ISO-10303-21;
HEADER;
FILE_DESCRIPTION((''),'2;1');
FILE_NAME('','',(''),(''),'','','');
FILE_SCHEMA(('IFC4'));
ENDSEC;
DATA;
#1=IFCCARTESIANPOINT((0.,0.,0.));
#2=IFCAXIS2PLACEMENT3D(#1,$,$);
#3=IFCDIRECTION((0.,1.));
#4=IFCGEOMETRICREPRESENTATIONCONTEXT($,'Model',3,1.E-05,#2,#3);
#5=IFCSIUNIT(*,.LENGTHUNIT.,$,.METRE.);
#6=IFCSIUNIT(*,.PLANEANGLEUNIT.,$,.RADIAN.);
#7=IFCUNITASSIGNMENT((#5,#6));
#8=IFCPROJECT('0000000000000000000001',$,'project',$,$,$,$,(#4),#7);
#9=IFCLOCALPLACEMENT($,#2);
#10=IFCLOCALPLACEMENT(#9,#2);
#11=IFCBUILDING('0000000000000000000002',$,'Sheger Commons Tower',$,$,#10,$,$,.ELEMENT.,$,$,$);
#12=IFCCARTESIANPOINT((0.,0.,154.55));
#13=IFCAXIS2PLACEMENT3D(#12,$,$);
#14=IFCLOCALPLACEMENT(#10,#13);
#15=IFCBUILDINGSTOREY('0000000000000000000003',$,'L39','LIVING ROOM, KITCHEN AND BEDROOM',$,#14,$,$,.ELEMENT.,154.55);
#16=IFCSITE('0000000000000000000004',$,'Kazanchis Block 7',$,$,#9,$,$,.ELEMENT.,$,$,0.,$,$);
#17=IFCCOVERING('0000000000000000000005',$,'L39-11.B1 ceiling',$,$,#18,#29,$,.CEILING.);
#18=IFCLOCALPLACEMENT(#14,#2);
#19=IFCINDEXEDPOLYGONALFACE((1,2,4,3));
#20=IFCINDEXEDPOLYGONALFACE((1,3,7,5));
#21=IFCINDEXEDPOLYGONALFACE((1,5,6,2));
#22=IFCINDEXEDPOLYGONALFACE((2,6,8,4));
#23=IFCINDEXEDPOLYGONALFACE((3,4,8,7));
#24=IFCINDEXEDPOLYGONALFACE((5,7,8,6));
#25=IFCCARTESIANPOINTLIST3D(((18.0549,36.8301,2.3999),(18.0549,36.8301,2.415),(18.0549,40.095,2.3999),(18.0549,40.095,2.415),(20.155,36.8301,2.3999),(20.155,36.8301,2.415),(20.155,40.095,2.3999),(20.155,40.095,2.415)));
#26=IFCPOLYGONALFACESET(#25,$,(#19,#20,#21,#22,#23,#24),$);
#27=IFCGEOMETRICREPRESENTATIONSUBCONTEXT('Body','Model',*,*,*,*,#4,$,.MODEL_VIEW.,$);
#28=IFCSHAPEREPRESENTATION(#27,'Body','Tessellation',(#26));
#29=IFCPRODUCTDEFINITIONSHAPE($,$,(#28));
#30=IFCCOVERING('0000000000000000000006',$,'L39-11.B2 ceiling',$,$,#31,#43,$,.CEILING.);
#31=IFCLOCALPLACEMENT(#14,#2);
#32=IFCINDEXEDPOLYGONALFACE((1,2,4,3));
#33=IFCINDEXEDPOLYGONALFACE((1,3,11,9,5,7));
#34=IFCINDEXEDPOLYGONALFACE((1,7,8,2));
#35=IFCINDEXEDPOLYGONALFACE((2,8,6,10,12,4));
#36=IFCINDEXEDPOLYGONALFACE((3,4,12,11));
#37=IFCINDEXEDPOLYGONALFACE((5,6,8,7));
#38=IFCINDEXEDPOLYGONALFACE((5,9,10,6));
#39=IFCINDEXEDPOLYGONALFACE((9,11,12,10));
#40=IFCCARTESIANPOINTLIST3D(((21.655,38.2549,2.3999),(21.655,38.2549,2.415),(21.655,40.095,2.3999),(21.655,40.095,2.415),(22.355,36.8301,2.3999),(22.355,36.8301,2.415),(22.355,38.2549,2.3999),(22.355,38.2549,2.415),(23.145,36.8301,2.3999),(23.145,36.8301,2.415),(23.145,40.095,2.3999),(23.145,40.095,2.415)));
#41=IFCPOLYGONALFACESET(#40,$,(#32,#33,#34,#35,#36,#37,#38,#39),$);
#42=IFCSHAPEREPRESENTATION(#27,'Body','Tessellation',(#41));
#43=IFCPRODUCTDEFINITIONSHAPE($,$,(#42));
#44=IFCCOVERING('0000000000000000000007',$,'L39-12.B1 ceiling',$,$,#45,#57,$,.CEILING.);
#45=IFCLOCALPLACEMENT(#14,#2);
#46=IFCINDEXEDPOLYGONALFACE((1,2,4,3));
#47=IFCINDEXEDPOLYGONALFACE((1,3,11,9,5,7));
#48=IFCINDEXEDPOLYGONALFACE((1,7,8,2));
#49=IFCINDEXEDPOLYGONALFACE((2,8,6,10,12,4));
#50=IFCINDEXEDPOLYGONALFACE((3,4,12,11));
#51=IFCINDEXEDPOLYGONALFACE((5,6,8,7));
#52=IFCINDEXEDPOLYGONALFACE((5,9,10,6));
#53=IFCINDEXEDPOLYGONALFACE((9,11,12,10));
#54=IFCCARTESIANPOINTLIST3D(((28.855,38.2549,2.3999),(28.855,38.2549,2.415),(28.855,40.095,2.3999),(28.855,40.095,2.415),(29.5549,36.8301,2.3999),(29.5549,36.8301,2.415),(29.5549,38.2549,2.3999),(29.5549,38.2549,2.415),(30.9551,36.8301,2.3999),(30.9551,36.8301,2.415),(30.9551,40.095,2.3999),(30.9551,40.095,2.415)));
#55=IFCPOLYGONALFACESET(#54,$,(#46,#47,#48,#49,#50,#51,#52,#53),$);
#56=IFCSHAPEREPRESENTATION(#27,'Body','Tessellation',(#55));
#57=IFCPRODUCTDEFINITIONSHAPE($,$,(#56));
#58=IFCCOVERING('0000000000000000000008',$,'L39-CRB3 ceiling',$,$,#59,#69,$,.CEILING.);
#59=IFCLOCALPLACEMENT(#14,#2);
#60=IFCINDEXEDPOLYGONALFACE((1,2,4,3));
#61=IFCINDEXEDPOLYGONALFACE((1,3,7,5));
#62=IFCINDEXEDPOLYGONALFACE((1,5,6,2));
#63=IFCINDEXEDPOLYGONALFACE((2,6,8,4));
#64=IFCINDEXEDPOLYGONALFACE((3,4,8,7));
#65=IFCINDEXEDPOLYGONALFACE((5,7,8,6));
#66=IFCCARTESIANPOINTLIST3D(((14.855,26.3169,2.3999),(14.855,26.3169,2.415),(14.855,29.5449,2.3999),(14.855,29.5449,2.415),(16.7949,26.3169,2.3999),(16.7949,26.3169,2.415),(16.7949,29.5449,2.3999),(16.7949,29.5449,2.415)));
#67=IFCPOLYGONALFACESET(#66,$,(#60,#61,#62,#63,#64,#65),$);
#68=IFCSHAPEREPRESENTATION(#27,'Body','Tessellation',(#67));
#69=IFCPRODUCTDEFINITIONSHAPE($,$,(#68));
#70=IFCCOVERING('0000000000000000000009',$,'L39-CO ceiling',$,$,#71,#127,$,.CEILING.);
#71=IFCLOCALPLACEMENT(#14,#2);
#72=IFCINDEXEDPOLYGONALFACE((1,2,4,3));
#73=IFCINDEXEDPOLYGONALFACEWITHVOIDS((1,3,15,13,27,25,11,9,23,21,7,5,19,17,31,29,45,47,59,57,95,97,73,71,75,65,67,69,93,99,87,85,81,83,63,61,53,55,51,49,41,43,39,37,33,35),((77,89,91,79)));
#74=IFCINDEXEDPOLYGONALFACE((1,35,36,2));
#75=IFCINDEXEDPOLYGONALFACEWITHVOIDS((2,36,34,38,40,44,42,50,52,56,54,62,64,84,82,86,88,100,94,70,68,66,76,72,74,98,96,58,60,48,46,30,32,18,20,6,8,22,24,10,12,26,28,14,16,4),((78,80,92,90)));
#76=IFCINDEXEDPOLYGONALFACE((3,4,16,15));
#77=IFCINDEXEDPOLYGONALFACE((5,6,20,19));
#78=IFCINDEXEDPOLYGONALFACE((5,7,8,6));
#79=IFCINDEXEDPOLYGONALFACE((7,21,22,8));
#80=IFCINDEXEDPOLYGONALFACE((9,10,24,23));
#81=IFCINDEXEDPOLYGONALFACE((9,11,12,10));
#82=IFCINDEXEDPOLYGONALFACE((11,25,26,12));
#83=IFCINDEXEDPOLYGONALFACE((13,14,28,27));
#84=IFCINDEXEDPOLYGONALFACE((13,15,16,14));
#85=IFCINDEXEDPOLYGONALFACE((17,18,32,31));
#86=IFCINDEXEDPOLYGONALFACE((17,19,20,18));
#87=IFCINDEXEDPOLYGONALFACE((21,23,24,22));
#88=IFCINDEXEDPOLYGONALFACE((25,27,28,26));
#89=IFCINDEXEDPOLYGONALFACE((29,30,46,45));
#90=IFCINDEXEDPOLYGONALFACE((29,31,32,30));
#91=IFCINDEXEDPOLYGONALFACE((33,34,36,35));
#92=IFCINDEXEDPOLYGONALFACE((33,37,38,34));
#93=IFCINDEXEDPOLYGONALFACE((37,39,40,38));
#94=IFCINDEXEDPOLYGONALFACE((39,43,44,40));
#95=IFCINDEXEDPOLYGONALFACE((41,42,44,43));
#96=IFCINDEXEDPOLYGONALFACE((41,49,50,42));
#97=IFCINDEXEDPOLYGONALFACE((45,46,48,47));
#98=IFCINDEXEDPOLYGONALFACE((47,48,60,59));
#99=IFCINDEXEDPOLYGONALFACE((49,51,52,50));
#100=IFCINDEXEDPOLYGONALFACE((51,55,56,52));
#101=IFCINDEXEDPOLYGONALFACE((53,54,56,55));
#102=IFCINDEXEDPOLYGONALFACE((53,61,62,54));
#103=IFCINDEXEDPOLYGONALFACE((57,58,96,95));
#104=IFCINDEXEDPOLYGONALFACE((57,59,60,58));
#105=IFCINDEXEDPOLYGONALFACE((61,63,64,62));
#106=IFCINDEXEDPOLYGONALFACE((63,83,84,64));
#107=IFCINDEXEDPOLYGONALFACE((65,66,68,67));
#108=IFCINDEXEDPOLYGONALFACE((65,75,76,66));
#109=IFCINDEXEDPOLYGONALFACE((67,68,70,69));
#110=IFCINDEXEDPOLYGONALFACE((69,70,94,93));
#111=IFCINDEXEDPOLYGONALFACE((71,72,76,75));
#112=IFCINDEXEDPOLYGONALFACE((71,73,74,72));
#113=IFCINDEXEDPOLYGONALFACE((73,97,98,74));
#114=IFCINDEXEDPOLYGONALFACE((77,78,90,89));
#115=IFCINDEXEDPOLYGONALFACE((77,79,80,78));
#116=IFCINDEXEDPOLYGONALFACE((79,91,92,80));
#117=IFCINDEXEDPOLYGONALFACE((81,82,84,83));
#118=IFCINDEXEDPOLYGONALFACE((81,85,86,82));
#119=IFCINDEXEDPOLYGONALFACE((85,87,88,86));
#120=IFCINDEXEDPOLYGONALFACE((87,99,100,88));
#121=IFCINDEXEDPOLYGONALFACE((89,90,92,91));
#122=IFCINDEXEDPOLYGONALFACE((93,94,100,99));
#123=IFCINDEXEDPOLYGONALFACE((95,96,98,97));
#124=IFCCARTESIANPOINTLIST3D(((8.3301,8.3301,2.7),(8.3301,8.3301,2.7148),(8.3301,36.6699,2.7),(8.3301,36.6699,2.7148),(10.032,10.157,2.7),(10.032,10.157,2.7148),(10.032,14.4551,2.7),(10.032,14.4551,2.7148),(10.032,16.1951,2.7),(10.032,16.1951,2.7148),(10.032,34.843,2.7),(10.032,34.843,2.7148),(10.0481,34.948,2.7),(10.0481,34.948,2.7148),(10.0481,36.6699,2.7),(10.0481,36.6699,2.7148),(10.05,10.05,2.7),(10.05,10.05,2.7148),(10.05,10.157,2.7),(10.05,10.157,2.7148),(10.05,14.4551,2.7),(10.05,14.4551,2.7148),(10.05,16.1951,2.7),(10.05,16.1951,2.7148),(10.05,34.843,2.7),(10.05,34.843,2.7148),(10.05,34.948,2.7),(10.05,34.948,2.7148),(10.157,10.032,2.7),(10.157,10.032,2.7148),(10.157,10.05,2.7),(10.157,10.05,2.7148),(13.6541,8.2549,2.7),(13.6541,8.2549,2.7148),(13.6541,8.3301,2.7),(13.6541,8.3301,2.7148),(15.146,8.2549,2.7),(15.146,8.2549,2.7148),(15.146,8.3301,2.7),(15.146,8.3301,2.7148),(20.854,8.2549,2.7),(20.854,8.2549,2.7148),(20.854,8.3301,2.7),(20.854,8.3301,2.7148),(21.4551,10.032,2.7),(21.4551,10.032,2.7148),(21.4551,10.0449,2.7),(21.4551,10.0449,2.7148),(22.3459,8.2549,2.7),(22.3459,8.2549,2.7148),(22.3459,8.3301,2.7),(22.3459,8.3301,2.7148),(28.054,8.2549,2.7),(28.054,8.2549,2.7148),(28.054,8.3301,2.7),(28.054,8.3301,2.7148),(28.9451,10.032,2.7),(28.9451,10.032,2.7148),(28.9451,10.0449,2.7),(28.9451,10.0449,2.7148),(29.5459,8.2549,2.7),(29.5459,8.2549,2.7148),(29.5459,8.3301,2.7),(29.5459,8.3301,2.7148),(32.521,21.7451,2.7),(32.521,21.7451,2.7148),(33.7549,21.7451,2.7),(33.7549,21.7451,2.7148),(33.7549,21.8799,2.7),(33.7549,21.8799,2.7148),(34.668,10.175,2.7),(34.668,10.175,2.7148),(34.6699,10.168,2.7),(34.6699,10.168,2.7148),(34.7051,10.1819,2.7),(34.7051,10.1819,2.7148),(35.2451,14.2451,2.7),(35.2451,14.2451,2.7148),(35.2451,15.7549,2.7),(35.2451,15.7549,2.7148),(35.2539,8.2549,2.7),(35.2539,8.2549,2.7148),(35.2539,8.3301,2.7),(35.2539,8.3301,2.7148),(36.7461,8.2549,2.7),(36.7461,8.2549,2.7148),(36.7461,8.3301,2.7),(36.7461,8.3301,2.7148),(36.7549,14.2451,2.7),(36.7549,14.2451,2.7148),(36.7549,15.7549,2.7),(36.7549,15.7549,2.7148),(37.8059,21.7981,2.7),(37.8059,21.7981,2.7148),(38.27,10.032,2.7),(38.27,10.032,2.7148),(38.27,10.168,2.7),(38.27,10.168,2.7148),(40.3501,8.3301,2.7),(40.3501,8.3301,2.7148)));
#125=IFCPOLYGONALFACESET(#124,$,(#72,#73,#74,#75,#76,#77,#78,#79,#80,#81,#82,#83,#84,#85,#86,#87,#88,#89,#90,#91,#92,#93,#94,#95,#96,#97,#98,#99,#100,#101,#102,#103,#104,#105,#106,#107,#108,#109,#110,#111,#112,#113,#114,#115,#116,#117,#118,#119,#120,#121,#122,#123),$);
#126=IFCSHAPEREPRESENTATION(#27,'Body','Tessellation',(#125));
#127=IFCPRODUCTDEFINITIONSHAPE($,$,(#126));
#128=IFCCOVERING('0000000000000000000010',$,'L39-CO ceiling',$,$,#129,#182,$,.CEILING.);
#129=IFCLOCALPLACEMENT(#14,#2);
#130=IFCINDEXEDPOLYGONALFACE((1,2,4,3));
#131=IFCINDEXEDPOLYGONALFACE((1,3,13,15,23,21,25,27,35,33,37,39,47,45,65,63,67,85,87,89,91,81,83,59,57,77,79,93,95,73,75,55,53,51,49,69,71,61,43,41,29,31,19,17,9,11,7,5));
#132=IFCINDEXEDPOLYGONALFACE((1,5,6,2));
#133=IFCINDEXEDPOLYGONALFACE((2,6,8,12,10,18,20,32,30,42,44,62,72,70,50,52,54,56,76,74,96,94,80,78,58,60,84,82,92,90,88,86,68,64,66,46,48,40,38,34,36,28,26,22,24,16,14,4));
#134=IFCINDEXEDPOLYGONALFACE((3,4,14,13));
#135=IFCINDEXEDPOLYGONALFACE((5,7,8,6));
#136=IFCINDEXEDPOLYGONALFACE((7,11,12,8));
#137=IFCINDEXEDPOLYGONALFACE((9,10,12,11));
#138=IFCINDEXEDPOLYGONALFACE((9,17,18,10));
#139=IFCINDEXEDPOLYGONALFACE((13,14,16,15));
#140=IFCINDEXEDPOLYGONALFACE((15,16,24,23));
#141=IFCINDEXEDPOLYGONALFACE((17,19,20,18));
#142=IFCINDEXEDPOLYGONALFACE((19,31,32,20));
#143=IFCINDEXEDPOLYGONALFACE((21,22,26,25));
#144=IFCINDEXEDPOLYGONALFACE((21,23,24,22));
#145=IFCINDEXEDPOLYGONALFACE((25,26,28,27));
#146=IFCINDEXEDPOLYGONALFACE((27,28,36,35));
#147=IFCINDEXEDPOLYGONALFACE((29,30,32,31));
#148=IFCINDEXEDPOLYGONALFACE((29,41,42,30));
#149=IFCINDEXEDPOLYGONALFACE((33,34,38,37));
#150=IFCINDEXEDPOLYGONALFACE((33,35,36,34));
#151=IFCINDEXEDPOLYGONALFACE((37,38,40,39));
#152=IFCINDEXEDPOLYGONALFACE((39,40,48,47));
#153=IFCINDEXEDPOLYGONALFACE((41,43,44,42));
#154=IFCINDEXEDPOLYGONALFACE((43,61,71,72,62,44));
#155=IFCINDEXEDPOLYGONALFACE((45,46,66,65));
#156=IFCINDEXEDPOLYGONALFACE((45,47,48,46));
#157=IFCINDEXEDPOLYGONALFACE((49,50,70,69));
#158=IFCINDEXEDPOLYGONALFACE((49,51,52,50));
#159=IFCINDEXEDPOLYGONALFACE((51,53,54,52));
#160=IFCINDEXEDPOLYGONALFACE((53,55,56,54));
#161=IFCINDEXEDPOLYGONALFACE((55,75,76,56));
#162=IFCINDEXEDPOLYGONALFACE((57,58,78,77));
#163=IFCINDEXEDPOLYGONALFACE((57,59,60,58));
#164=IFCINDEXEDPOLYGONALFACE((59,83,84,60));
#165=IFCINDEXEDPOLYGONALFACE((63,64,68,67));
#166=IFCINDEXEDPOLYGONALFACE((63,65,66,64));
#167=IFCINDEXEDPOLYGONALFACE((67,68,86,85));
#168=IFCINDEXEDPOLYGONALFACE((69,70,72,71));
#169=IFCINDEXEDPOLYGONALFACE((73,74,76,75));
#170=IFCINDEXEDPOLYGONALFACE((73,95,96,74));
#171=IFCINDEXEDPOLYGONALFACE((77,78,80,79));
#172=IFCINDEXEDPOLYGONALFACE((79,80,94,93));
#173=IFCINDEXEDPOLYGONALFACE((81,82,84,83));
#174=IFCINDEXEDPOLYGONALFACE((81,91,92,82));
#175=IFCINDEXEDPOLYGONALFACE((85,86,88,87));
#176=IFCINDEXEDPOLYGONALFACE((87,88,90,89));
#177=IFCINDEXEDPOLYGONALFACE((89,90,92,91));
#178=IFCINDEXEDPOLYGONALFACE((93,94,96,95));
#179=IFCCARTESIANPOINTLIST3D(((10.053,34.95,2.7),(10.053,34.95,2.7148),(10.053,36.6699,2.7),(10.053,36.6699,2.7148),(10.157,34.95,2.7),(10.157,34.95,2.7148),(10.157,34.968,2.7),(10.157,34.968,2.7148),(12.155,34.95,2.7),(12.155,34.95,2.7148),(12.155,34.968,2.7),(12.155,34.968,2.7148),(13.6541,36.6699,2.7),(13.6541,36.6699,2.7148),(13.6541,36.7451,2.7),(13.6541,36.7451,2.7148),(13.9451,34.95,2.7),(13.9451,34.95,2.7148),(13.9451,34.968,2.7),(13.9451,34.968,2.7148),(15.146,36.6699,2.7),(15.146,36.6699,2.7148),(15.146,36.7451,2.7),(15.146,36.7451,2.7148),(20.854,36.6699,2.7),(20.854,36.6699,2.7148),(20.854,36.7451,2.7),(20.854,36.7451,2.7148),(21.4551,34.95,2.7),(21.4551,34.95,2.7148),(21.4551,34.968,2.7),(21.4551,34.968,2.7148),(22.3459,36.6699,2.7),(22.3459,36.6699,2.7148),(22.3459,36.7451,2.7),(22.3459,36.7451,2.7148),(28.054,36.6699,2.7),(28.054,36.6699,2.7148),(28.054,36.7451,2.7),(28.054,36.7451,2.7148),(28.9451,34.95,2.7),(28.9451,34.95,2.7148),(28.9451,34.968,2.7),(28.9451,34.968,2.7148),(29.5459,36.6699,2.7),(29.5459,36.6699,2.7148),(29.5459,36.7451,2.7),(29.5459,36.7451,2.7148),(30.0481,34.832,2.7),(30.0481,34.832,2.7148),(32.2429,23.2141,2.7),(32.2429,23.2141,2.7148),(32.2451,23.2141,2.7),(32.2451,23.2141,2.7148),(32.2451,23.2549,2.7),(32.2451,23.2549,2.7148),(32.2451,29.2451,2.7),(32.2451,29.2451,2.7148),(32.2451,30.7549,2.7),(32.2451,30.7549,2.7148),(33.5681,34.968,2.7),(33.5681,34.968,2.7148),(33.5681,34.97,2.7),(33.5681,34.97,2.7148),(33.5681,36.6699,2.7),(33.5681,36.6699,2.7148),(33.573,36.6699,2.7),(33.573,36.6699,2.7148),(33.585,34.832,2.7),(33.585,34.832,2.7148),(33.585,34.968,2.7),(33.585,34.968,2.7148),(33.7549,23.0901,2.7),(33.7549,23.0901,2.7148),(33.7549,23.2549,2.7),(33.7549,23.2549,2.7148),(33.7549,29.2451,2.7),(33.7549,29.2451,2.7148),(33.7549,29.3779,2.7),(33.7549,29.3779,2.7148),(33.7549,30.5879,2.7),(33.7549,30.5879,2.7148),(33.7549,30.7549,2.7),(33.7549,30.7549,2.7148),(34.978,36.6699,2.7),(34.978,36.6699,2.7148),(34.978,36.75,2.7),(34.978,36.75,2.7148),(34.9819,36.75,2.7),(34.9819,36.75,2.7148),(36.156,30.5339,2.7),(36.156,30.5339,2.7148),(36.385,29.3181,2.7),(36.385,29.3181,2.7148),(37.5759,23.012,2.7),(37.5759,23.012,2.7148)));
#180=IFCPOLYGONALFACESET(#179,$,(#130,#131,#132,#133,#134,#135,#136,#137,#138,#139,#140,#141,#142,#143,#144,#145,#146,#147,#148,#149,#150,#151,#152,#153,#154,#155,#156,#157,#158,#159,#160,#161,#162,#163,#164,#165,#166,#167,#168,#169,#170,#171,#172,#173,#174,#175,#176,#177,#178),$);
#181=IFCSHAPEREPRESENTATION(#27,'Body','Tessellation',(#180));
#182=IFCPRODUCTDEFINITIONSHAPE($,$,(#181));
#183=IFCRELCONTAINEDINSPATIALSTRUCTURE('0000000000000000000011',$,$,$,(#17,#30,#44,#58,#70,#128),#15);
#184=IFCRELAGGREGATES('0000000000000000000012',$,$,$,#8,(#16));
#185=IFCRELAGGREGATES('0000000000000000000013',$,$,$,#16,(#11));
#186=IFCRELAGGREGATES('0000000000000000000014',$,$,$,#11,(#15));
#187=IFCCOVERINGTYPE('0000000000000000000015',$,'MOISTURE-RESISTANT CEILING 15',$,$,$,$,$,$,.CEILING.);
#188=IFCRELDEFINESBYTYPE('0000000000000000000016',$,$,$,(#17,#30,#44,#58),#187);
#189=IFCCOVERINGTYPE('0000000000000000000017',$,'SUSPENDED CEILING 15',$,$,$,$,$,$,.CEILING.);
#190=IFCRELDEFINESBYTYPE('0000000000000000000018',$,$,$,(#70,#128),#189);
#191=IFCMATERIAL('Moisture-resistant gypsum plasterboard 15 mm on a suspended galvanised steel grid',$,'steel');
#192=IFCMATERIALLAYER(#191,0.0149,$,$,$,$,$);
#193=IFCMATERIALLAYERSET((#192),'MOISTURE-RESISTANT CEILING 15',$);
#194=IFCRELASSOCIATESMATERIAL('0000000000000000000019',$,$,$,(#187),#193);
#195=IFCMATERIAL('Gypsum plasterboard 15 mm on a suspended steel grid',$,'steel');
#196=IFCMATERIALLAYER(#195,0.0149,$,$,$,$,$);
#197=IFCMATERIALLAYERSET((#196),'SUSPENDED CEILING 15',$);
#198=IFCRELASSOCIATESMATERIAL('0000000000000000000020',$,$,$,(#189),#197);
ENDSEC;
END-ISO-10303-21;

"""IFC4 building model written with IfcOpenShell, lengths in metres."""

from ifc_helpers import new_model, si_unit, direction, frame, origin, place, context, subcontext, project, spatial, polyline, outline, extrude, material, layer, layer_set, type_object, element, save


model = new_model("IFC4")

# Units and contexts
model_context = context("Model", 3, precision=1e-05, world=origin(), true_north=direction((0.0, 1.0)))
body_context = subcontext(model_context, "Body", "Model", "MODEL_VIEW")
ifc_project = project(units=[si_unit("LENGTHUNIT", "METRE"), si_unit("PLANEANGLEUNIT", "RADIAN")], contexts=[model_context])

# Site, building, storey
site_placement = place(None, origin())
site = spatial("IfcSite", under=ifc_project, at=site_placement, Name="Kazanchis Block 7", CompositionType="ELEMENT", RefElevation=0.0)
building_placement = place(site_placement, origin())
building = spatial("IfcBuilding", under=site, at=building_placement, Name="Sheger Commons Tower", CompositionType="ELEMENT")
storey_placement = place(building_placement, frame((0.0, 0.0, 154.55)))
storey = spatial("IfcBuildingStorey", under=building, at=storey_placement, Name="L39", Description="LIVING ROOM, KITCHEN AND BEDROOM", CompositionType="ELEMENT", Elevation=154.55)

# Coverings
ifc_material_1 = material(Name="Moisture-resistant gypsum plasterboard 15 mm on a suspended galvanised steel grid", Category="steel")
ifc_layer_1 = layer(ifc_material_1, 0.0149)
ifc_layer_set_1 = layer_set([ifc_layer_1], Name="MOISTURE-RESISTANT CEILING 15")
covering_type_1 = type_object("IfcCoveringType", Name="MOISTURE-RESISTANT CEILING 15", PredefinedType="CEILING", material=ifc_layer_set_1)
covering_1_placement = place(storey_placement, frame((0.0, 0.0, 2.3999)))
element("IfcCovering", 1, at=covering_1_placement, inside=storey, type_object=covering_type_1, Name="L39-11.B1 ceiling", PredefinedType="CEILING", context=body_context, shape_type="SweptSolid", body=[
    extrude(outline(polyline([(18.0549, 36.8301), (20.155, 36.8301), (20.155, 40.095), (18.0549, 40.095), (18.0549, 36.8301)])), origin(), (0.0, 0.0, 1.0), 0.0151),
])
covering_2_placement = place(storey_placement, frame((0.0, 0.0, 2.3999)))
element("IfcCovering", 2, at=covering_2_placement, inside=storey, type_object=covering_type_1, Name="L39-11.B2 ceiling", PredefinedType="CEILING", context=body_context, shape_type="SweptSolid", body=[
    extrude(outline(polyline([(22.355, 36.8301), (23.145, 36.8301), (23.145, 40.095), (21.655, 40.095), (21.655, 38.2549), (22.355, 38.2549), (22.355, 36.8301)])), origin(), (0.0, 0.0, 1.0), 0.0151),
])
covering_3_placement = place(storey_placement, frame((0.0, 0.0, 2.3999)))
element("IfcCovering", 3, at=covering_3_placement, inside=storey, type_object=covering_type_1, Name="L39-12.B1 ceiling", PredefinedType="CEILING", context=body_context, shape_type="SweptSolid", body=[
    extrude(outline(polyline([(29.5549, 36.8301), (30.9551, 36.8301), (30.9551, 40.095), (28.855, 40.095), (28.855, 38.2549), (29.5549, 38.2549), (29.5549, 36.8301)])), origin(), (0.0, 0.0, 1.0), 0.0151),
])
covering_4_placement = place(storey_placement, frame((0.0, 0.0, 2.3999)))
element("IfcCovering", 4, at=covering_4_placement, inside=storey, type_object=covering_type_1, Name="L39-CRB3 ceiling", PredefinedType="CEILING", context=body_context, shape_type="SweptSolid", body=[
    extrude(outline(polyline([(14.855, 26.3169), (16.7949, 26.3169), (16.7949, 29.5449), (14.855, 29.5449), (14.855, 26.3169)])), origin(), (0.0, 0.0, 1.0), 0.0151),
])
ifc_material_2 = material(Name="Gypsum plasterboard 15 mm on a suspended steel grid", Category="steel")
ifc_layer_2 = layer(ifc_material_2, 0.0149)
ifc_layer_set_2 = layer_set([ifc_layer_2], Name="SUSPENDED CEILING 15")
covering_type_2 = type_object("IfcCoveringType", Name="SUSPENDED CEILING 15", PredefinedType="CEILING", material=ifc_layer_set_2)
covering_5_placement = place(storey_placement, frame((0.0, 0.0, 2.7)))
element("IfcCovering", 5, at=covering_5_placement, inside=storey, type_object=covering_type_2, Name="L39-CO ceiling", PredefinedType="CEILING", context=body_context, shape_type="SweptSolid", body=[
    extrude(outline(polyline([(13.6541, 8.2549), (15.146, 8.2549), (15.146, 8.3301), (20.854, 8.3301), (20.854, 8.2549), (22.3459, 8.2549), (22.3459, 8.3301), (28.054, 8.3301), (28.054, 8.2549), (29.5459, 8.2549), (29.5459, 8.3301), (35.2539, 8.3301), (35.2539, 8.2549), (36.7461, 8.2549), (36.7461, 8.3301), (40.3501, 8.3301), (37.8059, 21.7981), (33.7549, 21.8799), (33.7549, 21.7451), (32.521, 21.7451), (34.7051, 10.1819), (34.668, 10.175), (34.6699, 10.168), (38.27, 10.168), (38.27, 10.032), (28.9451, 10.032), (28.9451, 10.0449), (21.4551, 10.0449), (21.4551, 10.032), (10.157, 10.032), (10.157, 10.05), (10.05, 10.05), (10.05, 10.157), (10.032, 10.157), (10.032, 14.4551), (10.05, 14.4551), (10.05, 16.1951), (10.032, 16.1951), (10.032, 34.843), (10.05, 34.843), (10.05, 34.948), (10.0481, 34.948), (10.0481, 36.6699), (8.3301, 36.6699), (8.3301, 8.3301), (13.6541, 8.3301), (13.6541, 8.2549)]), holes=[polyline([(36.7549, 15.7549), (36.7549, 14.2451), (35.2451, 14.2451), (35.2451, 15.7549), (36.7549, 15.7549)])]), origin(), (0.0, 0.0, 1.0), 0.0149),
])
covering_6_placement = place(storey_placement, frame((0.0, 0.0, 2.7)))
element("IfcCovering", 6, at=covering_6_placement, inside=storey, type_object=covering_type_2, Name="L39-CO ceiling", PredefinedType="CEILING", context=body_context, shape_type="SweptSolid", body=[
    extrude(outline(polyline([(37.5759, 23.012), (36.385, 29.3181), (33.7549, 29.3779), (33.7549, 29.2451), (32.2451, 29.2451), (32.2451, 30.7549), (33.7549, 30.7549), (33.7549, 30.5879), (36.156, 30.5339), (34.9819, 36.75), (34.978, 36.75), (34.978, 36.6699), (33.573, 36.6699), (33.5681, 34.97), (33.5681, 36.6699), (29.5459, 36.6699), (29.5459, 36.7451), (28.054, 36.7451), (28.054, 36.6699), (22.3459, 36.6699), (22.3459, 36.7451), (20.854, 36.7451), (20.854, 36.6699), (15.146, 36.6699), (15.146, 36.7451), (13.6541, 36.7451), (13.6541, 36.6699), (10.053, 36.6699), (10.053, 34.95), (10.157, 34.95), (10.157, 34.968), (12.155, 34.968), (12.155, 34.95), (13.9451, 34.95), (13.9451, 34.968), (21.4551, 34.968), (21.4551, 34.95), (28.9451, 34.95), (28.9451, 34.968), (33.5681, 34.968), (33.585, 34.968), (33.585, 34.832), (30.0481, 34.832), (32.2429, 23.2141), (32.2451, 23.2141), (32.2451, 23.2549), (33.7549, 23.2549), (33.7549, 23.0901), (37.5759, 23.012)])), origin(), (0.0, 0.0, 1.0), 0.0149),
])

save(model, "model.ifc")
